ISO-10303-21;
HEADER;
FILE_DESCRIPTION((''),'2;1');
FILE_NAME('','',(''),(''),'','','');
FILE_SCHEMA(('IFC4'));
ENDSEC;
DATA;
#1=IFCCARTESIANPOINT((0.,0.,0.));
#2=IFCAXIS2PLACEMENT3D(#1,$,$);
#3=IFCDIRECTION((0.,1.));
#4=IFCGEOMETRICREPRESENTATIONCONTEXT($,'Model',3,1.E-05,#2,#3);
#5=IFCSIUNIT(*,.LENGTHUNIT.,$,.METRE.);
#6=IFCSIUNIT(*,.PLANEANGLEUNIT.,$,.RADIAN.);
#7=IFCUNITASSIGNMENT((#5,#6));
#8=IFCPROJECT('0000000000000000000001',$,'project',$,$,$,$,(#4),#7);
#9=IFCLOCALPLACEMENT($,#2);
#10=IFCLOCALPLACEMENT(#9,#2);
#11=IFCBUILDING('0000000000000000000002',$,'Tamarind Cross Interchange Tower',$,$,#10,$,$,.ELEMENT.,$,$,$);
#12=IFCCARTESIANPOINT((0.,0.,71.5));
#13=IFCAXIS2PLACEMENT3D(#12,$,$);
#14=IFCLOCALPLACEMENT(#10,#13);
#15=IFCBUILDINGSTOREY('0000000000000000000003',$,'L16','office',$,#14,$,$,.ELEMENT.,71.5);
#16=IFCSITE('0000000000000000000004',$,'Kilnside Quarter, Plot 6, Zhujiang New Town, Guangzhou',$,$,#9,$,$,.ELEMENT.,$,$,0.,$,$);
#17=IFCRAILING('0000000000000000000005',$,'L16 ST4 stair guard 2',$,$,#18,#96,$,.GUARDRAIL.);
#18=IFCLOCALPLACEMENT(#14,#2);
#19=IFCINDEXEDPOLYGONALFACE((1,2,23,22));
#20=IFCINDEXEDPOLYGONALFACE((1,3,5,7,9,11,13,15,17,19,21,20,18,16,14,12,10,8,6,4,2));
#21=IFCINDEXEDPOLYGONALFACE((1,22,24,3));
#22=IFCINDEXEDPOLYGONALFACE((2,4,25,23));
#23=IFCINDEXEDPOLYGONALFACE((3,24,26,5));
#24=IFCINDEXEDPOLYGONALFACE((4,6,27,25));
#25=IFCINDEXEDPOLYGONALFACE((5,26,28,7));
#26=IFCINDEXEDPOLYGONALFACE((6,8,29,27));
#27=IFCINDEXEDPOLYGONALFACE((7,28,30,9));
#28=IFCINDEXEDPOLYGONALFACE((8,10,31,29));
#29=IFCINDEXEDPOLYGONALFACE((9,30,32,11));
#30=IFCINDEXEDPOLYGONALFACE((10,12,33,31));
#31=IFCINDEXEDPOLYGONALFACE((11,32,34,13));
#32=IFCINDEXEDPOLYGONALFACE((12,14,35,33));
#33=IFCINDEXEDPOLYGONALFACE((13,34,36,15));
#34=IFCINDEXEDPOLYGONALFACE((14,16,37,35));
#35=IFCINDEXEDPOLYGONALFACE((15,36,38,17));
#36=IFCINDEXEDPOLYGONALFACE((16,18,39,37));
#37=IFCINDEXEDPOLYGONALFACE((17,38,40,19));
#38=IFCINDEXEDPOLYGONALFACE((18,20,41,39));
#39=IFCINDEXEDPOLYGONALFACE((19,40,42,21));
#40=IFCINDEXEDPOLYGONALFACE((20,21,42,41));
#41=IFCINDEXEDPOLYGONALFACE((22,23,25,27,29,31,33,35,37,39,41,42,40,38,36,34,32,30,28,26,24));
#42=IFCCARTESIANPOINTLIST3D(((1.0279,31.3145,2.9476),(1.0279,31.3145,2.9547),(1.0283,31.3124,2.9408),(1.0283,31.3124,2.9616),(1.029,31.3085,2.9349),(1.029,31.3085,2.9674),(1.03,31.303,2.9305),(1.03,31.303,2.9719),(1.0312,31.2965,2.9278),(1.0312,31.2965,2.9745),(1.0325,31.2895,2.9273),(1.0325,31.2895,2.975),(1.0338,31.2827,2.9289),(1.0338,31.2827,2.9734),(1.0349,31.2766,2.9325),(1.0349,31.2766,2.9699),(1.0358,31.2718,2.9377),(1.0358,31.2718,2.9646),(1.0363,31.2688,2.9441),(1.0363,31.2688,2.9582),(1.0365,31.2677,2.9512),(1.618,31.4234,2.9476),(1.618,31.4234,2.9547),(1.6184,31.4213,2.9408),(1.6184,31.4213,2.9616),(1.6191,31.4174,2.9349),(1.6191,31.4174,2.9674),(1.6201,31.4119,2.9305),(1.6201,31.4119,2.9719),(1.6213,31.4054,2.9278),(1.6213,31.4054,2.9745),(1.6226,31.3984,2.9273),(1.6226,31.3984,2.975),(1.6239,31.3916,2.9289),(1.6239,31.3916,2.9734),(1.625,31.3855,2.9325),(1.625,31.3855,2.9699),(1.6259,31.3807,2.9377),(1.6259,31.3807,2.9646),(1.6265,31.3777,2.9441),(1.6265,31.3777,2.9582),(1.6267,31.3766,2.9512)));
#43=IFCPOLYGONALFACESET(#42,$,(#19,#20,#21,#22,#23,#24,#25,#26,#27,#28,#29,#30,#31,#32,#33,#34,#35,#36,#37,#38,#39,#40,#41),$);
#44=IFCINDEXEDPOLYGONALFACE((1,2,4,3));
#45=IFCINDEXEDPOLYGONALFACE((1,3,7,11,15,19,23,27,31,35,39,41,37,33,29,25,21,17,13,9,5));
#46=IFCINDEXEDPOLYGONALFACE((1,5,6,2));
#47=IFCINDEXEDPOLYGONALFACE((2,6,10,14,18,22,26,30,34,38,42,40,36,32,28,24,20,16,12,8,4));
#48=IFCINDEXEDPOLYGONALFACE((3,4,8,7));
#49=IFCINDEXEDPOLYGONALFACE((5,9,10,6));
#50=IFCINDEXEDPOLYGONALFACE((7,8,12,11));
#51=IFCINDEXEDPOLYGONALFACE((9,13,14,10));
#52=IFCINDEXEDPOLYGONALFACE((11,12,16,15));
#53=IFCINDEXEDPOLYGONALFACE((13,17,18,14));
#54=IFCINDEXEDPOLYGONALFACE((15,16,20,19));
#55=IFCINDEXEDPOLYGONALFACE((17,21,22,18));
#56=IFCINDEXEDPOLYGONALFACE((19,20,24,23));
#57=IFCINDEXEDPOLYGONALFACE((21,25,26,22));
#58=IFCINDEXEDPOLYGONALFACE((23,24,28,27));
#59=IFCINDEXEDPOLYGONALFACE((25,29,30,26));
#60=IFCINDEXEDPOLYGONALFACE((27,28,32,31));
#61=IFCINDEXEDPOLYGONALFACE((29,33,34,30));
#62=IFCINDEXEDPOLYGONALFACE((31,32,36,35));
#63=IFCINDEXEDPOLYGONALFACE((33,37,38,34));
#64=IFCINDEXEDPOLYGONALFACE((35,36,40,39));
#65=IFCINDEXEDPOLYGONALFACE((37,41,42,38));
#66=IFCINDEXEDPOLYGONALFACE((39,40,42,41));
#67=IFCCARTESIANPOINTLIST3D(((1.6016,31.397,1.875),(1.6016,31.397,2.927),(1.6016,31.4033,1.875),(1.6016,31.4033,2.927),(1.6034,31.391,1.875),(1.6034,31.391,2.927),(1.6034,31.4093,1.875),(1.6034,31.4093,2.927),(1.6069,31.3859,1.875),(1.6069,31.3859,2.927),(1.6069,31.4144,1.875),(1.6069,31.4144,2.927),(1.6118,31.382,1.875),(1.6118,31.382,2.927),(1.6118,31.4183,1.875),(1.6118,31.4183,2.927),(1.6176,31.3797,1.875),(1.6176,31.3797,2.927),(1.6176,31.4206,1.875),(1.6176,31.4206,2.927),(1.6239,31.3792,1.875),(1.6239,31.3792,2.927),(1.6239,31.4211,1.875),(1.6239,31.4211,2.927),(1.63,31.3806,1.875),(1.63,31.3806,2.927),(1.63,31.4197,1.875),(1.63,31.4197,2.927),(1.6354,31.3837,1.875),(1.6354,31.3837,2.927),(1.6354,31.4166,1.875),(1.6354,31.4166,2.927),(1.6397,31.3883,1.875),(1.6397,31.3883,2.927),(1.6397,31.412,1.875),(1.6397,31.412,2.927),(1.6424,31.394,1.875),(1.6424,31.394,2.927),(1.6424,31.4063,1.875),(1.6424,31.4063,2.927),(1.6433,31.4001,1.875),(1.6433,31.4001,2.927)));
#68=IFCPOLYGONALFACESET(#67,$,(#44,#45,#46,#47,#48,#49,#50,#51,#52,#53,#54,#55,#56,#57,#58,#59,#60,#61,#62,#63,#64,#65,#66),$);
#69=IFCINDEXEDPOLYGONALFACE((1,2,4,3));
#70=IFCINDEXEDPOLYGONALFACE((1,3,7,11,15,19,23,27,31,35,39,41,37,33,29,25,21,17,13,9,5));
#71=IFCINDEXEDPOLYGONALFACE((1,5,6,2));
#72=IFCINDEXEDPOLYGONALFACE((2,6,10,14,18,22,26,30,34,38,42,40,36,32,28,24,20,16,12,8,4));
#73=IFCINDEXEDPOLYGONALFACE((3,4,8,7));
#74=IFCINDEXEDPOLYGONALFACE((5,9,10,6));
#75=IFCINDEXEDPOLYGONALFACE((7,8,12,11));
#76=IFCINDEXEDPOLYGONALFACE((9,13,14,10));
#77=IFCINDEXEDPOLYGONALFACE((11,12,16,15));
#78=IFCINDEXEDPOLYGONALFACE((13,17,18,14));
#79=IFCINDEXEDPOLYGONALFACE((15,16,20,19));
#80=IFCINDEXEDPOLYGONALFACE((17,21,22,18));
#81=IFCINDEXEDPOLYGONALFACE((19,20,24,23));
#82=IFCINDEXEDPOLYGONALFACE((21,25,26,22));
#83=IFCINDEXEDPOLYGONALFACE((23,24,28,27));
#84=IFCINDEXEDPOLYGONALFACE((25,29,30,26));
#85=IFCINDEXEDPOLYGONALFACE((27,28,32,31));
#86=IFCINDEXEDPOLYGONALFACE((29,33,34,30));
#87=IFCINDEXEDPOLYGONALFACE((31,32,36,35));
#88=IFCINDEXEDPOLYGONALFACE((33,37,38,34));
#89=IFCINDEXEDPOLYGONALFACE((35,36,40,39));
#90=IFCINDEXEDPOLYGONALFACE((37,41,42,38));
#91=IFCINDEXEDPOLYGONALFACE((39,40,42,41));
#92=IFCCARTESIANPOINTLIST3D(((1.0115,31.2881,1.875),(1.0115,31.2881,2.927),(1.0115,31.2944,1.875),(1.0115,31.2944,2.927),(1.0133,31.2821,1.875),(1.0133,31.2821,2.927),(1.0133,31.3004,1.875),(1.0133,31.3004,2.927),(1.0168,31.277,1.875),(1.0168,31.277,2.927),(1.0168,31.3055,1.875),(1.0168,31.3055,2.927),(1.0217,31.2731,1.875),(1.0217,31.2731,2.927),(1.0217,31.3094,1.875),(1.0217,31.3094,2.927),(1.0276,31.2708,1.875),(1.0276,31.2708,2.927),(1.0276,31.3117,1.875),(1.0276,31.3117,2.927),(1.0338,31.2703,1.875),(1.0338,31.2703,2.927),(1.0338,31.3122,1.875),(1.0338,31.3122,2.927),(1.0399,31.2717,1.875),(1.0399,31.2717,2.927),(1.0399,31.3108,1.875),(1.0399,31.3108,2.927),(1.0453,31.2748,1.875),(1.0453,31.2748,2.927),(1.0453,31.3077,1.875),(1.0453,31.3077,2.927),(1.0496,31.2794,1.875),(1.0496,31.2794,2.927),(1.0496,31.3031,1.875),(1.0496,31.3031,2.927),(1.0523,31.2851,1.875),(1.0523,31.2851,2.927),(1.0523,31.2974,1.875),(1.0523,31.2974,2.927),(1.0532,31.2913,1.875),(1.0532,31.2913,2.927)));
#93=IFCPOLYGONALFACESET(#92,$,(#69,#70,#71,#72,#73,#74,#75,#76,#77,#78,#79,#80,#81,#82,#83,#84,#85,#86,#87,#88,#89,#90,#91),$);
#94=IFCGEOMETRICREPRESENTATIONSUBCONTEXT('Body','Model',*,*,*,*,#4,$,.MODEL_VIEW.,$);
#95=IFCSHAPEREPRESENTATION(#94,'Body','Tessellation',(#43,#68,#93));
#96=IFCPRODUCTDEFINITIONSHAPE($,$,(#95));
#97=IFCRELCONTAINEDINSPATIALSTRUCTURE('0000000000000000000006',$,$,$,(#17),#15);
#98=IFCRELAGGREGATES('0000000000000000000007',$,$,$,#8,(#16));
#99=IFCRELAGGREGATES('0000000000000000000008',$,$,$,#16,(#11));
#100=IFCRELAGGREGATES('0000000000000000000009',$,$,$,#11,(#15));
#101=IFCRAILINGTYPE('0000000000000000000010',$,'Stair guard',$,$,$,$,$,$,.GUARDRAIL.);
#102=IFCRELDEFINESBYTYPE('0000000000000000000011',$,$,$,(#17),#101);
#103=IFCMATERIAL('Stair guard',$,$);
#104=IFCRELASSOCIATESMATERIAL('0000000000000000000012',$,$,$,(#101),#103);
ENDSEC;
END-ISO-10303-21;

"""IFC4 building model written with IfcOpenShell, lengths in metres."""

from ifc_helpers import new_model, si_unit, direction, frame, origin, origin_2d, place, context, subcontext, project, spatial, circle, extrude, material, type_object, element, save


model = new_model("IFC4")

# Units and contexts
model_context = context("Model", 3, precision=1e-05, world=origin(), true_north=direction((0.0, 1.0)))
body_context = subcontext(model_context, "Body", "Model", "MODEL_VIEW")
ifc_project = project(units=[si_unit("LENGTHUNIT", "METRE"), si_unit("PLANEANGLEUNIT", "RADIAN")], contexts=[model_context])

# Site, building, storey
site_placement = place(None, origin())
site = spatial("IfcSite", under=ifc_project, at=site_placement, Name="Kilnside Quarter, Plot 6, Zhujiang New Town, Guangzhou", CompositionType="ELEMENT", RefElevation=0.0)
building_placement = place(site_placement, origin())
building = spatial("IfcBuilding", under=site, at=building_placement, Name="Tamarind Cross Interchange Tower", CompositionType="ELEMENT")
storey_placement = place(building_placement, frame((0.0, 0.0, 71.5)))
storey = spatial("IfcBuildingStorey", under=building, at=storey_placement, Name="L16", Description="office", CompositionType="ELEMENT", Elevation=71.5)

# Railing
ifc_material_1 = material(Name="Stair guard")
railing_type_1 = type_object("IfcRailingType", Name="Stair guard", PredefinedType="GUARDRAIL", material=ifc_material_1)
railing_1_placement = place(storey_placement, frame((1.6223, 31.4001, 1.875)))
element("IfcRailing", 1, at=railing_1_placement, inside=storey, type_object=railing_type_1, Name="L16 ST4 stair guard 2", PredefinedType="GUARDRAIL", context=body_context, shape_type="SweptSolid", body=[
    extrude(circle(Radius=0.0239, at=origin_2d()), frame((0.0, 0.0, 1.0762), z_axis=(-0.983398, -0.181463, 0.0), x_axis=(0.181463, -0.983398, 0.0)), (0.0, 0.0, 1.0), 0.6001),
    extrude(circle(Radius=0.021, at=origin_2d()), origin(), (0.0, 0.0, 1.0), 1.052),
    extrude(circle(Radius=0.021, at=origin_2d()), frame((-0.5901, -0.1089, 0.0)), (0.0, 0.0, 1.0), 1.052),
])

save(model, "model.ifc")
